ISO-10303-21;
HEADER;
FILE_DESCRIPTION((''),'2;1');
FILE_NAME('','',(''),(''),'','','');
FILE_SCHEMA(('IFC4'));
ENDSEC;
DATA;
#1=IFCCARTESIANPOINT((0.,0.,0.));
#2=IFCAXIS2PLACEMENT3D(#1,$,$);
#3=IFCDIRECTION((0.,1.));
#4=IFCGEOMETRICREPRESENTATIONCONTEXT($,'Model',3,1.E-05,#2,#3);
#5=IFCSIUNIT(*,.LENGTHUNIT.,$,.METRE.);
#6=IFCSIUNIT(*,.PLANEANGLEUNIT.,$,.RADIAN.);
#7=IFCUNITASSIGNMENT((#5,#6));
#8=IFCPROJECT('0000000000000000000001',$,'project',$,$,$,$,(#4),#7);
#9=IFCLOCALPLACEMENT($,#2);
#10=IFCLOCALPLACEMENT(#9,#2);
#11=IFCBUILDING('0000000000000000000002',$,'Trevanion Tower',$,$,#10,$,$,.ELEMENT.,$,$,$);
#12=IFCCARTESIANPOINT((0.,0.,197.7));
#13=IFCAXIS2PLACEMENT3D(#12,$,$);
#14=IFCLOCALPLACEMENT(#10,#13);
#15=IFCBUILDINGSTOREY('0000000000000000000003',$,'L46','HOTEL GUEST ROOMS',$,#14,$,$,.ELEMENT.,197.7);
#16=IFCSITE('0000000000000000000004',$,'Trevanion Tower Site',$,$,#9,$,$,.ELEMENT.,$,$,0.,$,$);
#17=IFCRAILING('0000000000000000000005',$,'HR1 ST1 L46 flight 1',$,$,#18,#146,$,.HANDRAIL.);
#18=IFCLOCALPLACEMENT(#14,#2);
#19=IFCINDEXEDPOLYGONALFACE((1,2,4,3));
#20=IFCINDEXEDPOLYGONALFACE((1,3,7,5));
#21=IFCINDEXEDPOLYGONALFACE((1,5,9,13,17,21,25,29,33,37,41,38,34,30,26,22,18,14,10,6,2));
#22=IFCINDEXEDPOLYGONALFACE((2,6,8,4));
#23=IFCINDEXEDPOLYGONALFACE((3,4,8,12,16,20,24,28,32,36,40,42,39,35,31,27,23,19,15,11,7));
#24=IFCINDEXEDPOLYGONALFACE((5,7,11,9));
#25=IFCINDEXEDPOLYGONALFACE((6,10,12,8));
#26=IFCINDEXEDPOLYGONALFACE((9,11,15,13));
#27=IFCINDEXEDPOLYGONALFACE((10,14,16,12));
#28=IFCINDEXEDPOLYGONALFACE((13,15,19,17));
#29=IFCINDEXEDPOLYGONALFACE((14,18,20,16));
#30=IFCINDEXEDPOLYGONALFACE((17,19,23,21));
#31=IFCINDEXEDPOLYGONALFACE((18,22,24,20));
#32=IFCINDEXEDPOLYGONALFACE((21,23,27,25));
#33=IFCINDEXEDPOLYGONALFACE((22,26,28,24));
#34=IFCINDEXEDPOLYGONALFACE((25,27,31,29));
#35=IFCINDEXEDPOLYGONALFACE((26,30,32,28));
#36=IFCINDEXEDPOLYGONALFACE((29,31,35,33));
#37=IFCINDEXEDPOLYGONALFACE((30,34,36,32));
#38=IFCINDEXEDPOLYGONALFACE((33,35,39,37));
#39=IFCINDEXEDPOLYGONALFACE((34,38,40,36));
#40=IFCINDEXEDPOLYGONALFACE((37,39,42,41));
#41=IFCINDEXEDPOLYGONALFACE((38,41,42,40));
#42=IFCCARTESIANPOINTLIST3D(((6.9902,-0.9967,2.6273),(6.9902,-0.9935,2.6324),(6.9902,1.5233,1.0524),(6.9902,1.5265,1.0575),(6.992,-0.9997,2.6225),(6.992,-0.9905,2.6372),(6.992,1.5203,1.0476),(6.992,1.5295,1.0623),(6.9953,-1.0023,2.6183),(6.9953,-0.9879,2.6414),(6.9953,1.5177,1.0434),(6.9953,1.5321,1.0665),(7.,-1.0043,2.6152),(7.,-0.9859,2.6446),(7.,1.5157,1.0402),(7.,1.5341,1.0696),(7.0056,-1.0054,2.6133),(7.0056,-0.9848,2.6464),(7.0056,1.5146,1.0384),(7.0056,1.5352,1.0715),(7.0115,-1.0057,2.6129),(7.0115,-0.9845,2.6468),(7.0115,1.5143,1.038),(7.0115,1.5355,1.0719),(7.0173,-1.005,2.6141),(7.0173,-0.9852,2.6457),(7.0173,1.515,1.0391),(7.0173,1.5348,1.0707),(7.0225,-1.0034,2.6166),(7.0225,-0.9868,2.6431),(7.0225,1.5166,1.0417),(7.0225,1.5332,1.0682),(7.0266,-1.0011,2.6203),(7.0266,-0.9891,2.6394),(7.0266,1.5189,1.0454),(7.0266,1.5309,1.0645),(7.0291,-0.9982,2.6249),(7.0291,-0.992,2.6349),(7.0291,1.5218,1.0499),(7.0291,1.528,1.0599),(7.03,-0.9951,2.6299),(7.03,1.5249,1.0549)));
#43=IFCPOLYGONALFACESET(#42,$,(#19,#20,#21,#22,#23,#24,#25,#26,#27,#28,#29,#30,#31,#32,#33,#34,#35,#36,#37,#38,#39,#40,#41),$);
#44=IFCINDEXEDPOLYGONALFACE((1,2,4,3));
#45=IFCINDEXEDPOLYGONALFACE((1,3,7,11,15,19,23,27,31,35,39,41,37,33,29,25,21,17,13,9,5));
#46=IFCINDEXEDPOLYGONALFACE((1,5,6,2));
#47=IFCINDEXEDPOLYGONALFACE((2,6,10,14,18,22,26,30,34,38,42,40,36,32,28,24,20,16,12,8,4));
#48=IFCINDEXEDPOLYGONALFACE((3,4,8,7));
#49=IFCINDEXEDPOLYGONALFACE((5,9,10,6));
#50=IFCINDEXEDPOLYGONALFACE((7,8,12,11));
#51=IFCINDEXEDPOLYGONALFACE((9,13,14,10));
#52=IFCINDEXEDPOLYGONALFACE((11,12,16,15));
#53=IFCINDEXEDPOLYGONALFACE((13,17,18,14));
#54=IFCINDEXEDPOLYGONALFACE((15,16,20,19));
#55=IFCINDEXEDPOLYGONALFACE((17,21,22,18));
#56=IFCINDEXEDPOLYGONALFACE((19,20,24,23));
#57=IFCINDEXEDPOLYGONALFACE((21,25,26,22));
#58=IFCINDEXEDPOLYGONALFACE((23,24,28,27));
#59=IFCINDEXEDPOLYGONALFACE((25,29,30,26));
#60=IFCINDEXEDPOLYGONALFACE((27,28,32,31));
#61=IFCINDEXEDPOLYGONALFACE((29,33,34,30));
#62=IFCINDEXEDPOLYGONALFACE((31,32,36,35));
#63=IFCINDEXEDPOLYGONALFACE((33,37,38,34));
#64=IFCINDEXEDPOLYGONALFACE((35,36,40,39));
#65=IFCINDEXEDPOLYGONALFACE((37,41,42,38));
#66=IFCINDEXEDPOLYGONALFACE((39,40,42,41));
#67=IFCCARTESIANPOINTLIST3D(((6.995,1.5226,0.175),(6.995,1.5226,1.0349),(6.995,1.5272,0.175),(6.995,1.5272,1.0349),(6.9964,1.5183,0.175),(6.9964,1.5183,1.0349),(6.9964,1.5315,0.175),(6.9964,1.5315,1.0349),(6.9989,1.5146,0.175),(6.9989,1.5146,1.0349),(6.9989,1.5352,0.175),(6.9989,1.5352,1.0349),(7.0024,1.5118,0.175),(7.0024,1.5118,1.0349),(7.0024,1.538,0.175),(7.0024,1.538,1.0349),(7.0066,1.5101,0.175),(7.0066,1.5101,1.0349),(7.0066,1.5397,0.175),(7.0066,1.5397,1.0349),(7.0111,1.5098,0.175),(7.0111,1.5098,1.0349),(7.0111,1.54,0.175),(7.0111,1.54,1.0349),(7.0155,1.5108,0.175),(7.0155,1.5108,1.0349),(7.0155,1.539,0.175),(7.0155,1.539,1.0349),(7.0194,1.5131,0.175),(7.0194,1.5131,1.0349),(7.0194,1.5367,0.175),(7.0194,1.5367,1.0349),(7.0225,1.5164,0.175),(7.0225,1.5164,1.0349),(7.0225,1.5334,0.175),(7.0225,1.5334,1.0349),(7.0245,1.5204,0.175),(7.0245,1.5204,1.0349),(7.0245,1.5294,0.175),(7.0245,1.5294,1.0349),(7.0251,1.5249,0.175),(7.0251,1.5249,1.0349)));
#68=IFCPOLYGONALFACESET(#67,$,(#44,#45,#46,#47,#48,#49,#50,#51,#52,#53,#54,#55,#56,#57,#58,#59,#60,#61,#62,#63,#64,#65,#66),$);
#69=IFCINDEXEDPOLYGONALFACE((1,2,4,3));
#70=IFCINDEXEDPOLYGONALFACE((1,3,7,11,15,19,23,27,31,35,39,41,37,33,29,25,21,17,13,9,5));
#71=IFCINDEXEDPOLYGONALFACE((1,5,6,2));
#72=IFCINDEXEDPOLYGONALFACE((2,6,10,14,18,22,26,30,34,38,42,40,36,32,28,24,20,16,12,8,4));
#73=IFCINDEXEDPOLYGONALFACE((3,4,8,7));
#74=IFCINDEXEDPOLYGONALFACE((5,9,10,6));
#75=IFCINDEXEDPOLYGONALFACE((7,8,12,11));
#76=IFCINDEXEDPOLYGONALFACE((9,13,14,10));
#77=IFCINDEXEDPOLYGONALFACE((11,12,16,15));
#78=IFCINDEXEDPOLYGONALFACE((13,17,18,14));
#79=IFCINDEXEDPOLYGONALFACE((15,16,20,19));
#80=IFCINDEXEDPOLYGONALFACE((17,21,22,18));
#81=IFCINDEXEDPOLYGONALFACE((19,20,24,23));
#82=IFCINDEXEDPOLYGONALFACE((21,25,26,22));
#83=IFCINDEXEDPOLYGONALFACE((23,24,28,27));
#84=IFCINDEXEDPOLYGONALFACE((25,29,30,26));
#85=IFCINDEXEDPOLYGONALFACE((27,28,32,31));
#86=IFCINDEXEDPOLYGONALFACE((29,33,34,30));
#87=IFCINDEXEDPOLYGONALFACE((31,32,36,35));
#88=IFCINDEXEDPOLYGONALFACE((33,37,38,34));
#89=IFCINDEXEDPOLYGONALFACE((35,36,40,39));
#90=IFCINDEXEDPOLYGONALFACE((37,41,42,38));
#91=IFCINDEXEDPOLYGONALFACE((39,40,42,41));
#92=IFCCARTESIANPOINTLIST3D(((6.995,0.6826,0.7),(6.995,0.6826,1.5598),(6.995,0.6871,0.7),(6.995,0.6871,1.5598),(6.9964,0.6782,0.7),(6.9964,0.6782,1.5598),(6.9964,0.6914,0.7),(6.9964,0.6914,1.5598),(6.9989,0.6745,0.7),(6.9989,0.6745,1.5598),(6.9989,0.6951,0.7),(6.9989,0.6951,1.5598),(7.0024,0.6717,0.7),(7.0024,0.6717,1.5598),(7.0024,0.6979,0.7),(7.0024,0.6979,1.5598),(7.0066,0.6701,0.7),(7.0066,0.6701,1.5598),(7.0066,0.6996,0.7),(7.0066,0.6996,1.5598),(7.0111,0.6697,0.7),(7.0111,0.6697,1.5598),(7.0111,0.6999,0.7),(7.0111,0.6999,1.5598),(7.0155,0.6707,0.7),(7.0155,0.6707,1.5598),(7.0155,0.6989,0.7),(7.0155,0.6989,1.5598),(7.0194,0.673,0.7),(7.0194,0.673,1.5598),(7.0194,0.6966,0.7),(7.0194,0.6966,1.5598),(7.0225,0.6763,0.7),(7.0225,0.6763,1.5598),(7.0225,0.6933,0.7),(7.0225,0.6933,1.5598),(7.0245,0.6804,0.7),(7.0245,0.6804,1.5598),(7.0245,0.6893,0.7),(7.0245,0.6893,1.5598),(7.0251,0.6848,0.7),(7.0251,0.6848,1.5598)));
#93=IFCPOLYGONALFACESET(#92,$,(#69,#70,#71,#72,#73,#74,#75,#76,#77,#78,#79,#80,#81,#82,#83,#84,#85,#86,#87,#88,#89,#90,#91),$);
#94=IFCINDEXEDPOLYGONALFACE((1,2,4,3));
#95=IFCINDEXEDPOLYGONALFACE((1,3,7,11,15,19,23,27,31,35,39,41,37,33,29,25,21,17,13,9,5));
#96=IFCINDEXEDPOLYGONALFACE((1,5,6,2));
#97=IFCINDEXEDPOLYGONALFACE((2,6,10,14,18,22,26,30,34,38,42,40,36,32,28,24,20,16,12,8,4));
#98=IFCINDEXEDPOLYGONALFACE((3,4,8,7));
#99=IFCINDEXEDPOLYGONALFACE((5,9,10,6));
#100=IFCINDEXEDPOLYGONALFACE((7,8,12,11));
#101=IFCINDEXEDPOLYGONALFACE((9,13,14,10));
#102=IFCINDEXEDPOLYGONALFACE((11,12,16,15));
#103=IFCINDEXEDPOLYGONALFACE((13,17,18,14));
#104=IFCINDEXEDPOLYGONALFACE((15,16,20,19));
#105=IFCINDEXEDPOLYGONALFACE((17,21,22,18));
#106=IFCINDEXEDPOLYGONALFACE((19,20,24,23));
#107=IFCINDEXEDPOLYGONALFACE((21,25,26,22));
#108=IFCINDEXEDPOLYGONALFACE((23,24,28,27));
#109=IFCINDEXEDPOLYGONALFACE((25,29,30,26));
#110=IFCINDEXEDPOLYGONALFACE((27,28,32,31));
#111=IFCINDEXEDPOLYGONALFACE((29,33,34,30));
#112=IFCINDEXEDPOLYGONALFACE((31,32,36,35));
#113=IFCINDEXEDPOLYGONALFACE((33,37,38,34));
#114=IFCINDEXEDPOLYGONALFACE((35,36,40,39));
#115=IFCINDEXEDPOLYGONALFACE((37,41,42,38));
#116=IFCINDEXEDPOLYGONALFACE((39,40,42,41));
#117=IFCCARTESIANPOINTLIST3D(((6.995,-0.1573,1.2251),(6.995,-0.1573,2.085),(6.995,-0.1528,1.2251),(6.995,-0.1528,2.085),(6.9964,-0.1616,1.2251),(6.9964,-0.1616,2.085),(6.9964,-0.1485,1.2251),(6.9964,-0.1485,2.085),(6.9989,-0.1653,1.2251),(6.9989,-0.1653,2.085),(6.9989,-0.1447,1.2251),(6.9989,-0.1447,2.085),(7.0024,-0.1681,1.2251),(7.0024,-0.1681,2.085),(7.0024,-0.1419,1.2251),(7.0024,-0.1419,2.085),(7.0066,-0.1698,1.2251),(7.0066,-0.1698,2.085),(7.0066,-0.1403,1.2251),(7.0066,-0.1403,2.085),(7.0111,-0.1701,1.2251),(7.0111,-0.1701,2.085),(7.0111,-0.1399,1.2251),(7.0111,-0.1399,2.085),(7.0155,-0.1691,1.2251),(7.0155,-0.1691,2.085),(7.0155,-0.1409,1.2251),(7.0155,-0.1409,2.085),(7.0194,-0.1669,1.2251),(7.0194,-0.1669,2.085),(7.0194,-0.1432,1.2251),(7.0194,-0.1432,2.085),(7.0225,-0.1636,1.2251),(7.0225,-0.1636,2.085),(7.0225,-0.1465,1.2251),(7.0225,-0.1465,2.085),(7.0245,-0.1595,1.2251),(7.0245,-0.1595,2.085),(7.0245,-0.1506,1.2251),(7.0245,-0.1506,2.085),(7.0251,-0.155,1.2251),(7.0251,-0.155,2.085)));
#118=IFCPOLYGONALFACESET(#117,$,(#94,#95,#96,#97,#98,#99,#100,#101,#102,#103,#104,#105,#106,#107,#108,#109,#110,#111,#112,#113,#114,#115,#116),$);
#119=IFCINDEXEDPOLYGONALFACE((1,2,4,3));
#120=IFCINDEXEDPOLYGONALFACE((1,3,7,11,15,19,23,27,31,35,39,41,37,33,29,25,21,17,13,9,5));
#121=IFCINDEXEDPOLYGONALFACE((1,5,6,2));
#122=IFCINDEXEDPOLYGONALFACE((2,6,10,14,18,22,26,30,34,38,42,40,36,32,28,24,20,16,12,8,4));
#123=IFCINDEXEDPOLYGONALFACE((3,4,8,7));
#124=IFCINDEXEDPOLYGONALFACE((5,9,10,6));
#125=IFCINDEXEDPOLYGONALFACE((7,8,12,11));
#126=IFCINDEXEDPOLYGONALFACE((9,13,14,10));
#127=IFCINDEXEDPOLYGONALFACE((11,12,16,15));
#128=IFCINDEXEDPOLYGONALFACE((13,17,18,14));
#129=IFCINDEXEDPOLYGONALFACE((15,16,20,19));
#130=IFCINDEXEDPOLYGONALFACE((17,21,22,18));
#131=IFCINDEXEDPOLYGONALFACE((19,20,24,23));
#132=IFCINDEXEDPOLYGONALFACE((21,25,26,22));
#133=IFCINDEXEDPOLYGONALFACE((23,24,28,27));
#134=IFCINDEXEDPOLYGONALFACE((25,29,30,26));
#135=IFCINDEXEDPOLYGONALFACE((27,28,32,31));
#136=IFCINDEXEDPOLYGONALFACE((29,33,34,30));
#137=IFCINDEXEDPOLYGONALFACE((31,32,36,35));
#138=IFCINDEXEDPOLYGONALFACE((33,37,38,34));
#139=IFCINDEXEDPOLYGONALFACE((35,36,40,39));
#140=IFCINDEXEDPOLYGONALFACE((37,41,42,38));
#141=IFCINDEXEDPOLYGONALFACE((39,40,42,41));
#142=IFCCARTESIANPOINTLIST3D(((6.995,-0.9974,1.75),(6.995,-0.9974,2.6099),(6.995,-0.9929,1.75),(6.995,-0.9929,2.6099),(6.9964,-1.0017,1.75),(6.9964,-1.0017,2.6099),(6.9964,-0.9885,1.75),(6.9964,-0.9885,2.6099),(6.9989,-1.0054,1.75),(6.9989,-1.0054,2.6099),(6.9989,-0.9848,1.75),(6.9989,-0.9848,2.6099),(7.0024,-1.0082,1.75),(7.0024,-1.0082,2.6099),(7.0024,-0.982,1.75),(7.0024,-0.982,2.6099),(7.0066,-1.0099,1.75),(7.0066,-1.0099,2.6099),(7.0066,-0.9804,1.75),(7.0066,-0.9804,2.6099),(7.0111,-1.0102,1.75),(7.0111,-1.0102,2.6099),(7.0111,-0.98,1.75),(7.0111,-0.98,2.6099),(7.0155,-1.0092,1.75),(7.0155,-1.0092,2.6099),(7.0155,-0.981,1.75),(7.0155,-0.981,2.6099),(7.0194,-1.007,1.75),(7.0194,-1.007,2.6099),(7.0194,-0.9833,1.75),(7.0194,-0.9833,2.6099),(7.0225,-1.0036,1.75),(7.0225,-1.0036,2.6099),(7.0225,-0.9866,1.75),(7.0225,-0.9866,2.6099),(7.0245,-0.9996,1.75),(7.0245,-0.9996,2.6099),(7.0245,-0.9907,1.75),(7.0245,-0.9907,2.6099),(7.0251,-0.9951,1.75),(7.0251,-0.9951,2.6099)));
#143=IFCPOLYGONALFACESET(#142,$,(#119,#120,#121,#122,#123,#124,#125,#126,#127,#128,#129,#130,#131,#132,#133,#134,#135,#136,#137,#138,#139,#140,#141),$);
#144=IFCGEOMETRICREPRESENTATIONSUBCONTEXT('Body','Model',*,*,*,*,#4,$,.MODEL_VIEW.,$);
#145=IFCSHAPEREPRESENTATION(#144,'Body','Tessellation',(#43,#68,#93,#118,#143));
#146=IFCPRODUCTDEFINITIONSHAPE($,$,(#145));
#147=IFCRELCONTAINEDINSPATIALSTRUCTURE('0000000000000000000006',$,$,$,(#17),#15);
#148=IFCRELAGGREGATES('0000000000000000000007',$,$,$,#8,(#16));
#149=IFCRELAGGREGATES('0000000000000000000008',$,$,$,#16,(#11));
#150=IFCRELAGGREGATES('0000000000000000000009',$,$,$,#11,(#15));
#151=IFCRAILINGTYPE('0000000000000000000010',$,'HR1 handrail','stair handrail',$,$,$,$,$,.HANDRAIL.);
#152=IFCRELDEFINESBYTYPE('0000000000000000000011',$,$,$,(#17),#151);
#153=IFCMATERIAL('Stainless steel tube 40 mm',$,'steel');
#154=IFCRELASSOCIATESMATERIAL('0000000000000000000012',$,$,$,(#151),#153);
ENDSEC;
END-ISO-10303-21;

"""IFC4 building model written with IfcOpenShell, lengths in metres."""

from ifc_helpers import new_model, si_unit, direction, frame, origin, origin_2d, place, context, subcontext, project, spatial, circle, extrude, material, type_object, element, save


model = new_model("IFC4")

# Units and contexts
model_context = context("Model", 3, precision=1e-05, world=origin(), true_north=direction((0.0, 1.0)))
body_context = subcontext(model_context, "Body", "Model", "MODEL_VIEW")
ifc_project = project(units=[si_unit("LENGTHUNIT", "METRE"), si_unit("PLANEANGLEUNIT", "RADIAN")], contexts=[model_context])

# Site, building, storey
site_placement = place(None, origin())
site = spatial("IfcSite", under=ifc_project, at=site_placement, Name="Trevanion Tower Site", CompositionType="ELEMENT", RefElevation=0.0)
building_placement = place(site_placement, origin())
building = spatial("IfcBuilding", under=site, at=building_placement, Name="Trevanion Tower", CompositionType="ELEMENT")
storey_placement = place(building_placement, frame((0.0, 0.0, 197.7)))
storey = spatial("IfcBuildingStorey", under=building, at=storey_placement, Name="L46", Description="HOTEL GUEST ROOMS", CompositionType="ELEMENT", Elevation=197.7)

# Railing
ifc_material_1 = material(Name="Stainless steel tube 40 mm", Category="steel")
railing_type = type_object("IfcRailingType", Name="HR1 handrail", Description="stair handrail", PredefinedType="HANDRAIL", material=ifc_material_1)
for number, where, name in (
    (1, (7.01, 1.5249, 0.175), "HR1 ST1 L46 flight 1"),
):
    element("IfcRailing", number, at=place(storey_placement, frame(where)), inside=storey, type_object=railing_type, Name=name, PredefinedType="HANDRAIL", context=body_context, shape_type="SweptSolid", body=[
        extrude(circle(Radius=0.02, at=origin_2d()), frame((0.0, 0.0, 0.8799), z_axis=(0.0, -0.848008, 0.529984), x_axis=(1.0, 0.0, 0.0)), (0.0, 0.0, 1.0), 2.9717),
        extrude(circle(Radius=0.0151, at=origin_2d()), origin(), (0.0, 0.0, 1.0), 0.8599),
        extrude(circle(Radius=0.0151, at=origin_2d()), frame((0.0, -0.8401, 0.5249)), (0.0, 0.0, 1.0), 0.8599),
        extrude(circle(Radius=0.0151, at=origin_2d()), frame((0.0, -1.6799, 1.05)), (0.0, 0.0, 1.0), 0.8599),
        extrude(circle(Radius=0.0151, at=origin_2d()), frame((0.0, -2.52, 1.575)), (0.0, 0.0, 1.0), 0.8599),
    ])

save(model, "model.ifc")
